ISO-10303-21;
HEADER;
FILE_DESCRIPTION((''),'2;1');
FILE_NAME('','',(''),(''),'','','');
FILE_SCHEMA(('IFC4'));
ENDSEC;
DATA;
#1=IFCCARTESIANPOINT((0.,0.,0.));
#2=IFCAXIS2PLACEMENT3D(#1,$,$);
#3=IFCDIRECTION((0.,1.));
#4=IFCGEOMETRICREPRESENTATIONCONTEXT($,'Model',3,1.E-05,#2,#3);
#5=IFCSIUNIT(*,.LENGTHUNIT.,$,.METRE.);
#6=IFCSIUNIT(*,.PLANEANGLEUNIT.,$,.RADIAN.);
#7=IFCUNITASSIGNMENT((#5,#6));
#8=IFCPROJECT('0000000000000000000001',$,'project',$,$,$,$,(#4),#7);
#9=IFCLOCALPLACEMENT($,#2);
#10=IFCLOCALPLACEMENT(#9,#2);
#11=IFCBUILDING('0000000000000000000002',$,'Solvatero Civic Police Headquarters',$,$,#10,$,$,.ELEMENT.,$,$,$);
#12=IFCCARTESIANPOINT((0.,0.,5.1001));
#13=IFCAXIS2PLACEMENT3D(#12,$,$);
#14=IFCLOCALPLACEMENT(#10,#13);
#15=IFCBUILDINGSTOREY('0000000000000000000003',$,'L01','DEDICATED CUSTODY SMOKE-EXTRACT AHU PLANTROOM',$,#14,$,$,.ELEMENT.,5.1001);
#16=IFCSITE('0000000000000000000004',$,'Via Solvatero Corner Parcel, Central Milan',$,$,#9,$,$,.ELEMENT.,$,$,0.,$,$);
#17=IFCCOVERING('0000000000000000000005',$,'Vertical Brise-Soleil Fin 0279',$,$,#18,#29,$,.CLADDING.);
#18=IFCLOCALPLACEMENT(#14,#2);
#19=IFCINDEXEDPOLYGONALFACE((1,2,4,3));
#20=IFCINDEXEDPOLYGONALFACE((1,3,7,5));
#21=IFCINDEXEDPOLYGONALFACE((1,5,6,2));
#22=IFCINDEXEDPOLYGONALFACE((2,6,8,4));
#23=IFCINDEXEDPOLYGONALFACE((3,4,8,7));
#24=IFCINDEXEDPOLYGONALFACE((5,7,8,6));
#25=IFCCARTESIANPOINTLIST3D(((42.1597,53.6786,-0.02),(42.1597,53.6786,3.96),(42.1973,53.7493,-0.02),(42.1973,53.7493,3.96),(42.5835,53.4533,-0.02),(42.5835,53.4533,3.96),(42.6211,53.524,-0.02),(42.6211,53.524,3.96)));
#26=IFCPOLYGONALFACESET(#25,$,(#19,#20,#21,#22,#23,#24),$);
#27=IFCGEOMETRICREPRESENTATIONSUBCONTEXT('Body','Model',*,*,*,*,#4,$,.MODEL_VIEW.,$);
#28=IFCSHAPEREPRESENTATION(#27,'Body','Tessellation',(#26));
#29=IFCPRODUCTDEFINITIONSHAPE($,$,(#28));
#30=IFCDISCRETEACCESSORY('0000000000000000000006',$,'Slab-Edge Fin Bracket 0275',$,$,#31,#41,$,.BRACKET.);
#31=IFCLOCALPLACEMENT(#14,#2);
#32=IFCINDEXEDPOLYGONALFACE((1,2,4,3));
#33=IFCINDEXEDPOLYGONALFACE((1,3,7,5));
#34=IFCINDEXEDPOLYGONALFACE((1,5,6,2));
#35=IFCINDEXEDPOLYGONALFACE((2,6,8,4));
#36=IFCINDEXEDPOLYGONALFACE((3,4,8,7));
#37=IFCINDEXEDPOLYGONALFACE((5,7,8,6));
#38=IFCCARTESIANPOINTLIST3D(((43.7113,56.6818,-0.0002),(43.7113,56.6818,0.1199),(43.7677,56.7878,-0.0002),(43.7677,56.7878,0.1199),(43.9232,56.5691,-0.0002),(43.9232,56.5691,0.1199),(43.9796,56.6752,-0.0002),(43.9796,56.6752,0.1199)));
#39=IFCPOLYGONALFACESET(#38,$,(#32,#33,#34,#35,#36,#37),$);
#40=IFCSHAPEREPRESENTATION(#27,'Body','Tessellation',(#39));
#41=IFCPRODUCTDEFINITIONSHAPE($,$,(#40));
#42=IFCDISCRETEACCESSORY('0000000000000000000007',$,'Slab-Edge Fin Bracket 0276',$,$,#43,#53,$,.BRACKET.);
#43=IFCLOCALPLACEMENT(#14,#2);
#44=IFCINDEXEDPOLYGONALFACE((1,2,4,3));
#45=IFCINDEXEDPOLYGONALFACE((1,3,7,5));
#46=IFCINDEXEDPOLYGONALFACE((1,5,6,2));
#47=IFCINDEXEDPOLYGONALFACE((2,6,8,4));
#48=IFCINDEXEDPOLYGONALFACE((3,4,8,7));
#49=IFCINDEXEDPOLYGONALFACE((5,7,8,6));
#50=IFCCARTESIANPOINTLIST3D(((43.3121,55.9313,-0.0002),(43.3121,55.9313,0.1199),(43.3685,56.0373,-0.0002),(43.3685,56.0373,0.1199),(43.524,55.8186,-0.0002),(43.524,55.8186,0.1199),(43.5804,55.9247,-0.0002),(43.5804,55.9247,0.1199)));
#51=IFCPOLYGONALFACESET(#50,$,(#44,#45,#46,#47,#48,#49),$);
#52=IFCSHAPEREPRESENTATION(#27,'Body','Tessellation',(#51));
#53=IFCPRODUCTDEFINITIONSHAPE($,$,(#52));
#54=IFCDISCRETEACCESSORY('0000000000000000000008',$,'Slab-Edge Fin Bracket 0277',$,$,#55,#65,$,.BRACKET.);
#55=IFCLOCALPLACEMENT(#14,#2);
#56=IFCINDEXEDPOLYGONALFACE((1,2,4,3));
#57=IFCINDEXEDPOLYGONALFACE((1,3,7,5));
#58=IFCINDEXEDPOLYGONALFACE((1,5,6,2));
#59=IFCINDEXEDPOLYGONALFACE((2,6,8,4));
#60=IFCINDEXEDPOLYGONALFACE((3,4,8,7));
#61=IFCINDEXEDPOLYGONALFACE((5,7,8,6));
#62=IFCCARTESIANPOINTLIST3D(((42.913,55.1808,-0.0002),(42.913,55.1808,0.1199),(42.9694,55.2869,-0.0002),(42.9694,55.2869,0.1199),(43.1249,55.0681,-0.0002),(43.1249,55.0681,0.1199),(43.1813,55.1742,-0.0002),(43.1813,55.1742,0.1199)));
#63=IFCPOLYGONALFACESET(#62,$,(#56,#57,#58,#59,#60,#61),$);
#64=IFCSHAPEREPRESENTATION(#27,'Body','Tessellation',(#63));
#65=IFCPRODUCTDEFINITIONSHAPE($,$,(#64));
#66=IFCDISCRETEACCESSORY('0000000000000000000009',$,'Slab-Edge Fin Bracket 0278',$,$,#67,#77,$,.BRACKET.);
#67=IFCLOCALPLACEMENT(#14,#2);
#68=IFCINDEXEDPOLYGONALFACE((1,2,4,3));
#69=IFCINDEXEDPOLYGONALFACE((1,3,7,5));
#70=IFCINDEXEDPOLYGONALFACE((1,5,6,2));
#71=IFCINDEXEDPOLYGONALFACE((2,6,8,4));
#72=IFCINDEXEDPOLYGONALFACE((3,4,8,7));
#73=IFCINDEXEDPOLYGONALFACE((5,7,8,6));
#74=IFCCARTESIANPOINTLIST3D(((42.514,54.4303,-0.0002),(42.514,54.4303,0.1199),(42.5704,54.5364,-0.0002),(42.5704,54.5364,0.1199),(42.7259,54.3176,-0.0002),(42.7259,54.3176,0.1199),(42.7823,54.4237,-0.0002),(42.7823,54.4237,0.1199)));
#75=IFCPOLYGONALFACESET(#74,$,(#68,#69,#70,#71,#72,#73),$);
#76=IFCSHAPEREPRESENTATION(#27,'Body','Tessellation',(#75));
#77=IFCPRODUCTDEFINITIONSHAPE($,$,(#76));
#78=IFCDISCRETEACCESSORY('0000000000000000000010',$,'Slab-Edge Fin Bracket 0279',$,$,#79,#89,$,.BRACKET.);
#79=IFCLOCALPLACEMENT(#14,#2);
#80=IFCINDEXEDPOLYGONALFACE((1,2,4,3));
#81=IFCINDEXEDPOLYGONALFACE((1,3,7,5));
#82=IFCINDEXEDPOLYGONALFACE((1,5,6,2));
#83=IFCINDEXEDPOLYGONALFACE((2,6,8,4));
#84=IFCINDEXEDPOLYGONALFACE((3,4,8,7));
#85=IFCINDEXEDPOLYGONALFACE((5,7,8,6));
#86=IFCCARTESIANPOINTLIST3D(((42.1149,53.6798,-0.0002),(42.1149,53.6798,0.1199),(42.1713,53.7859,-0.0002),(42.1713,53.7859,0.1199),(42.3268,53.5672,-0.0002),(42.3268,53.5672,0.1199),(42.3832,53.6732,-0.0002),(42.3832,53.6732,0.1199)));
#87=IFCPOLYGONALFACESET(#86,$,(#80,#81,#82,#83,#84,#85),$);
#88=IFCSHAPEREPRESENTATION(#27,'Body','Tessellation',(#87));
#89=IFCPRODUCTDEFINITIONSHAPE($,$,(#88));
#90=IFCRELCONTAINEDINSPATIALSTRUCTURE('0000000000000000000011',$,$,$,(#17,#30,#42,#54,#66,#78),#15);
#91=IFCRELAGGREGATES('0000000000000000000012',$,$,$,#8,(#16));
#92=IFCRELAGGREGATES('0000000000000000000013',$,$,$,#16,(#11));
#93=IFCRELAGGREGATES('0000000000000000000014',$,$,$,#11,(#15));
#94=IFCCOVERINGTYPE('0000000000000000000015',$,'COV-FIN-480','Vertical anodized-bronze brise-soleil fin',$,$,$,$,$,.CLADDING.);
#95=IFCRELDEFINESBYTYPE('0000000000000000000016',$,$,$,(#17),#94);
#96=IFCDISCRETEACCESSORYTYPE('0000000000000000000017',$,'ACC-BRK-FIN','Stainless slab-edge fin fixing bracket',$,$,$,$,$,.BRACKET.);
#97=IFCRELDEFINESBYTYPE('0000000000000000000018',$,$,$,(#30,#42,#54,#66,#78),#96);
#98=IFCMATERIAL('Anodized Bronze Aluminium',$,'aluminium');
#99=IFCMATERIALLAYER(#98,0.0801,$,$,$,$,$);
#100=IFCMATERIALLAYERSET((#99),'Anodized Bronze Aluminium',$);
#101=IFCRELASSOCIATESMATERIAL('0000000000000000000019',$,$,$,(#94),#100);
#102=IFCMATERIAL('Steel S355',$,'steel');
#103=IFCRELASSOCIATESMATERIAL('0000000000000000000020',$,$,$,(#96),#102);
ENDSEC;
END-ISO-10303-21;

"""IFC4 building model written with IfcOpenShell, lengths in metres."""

from ifc_helpers import new_model, si_unit, direction, frame, origin, origin_2d, place, context, subcontext, project, spatial, rectangle, extrude, material, layer, layer_set, type_object, element, save


model = new_model("IFC4")

# Units and contexts
model_context = context("Model", 3, precision=1e-05, world=origin(), true_north=direction((0.0, 1.0)))
body_context = subcontext(model_context, "Body", "Model", "MODEL_VIEW")
ifc_project = project(units=[si_unit("LENGTHUNIT", "METRE"), si_unit("PLANEANGLEUNIT", "RADIAN")], contexts=[model_context])

# Site, building, storey
site_placement = place(None, origin())
site = spatial("IfcSite", under=ifc_project, at=site_placement, Name="Via Solvatero Corner Parcel, Central Milan", CompositionType="ELEMENT", RefElevation=0.0)
building_placement = place(site_placement, origin())
building = spatial("IfcBuilding", under=site, at=building_placement, Name="Solvatero Civic Police Headquarters", CompositionType="ELEMENT")
storey_placement = place(building_placement, frame((0.0, 0.0, 5.1001)))
storey = spatial("IfcBuildingStorey", under=building, at=storey_placement, Name="L01", Description="DEDICATED CUSTODY SMOKE-EXTRACT AHU PLANTROOM", CompositionType="ELEMENT", Elevation=5.1001)

# Shared definitions
ifc_material_1 = material(Name="Steel S355", Category="steel")

# Shared definitions
ifc_material_2 = material(Name="Anodized Bronze Aluminium", Category="aluminium")

# Covering
ifc_layer_1 = layer(ifc_material_2, 0.0801)
ifc_layer_set_1 = layer_set([ifc_layer_1], Name="Anodized Bronze Aluminium")
covering_type = type_object("IfcCoveringType", Name="COV-FIN-480", Description="Vertical anodized-bronze brise-soleil fin", PredefinedType="CLADDING", material=ifc_layer_set_1)
for number, where, z_axis, x_axis, name in (
    (1, (42.3904, 53.6013, -0.02), (0.0, 0.0, 1.0), (-0.469472, -0.882948, 0.0), "Vertical Brise-Soleil Fin 0279"),
):
    element("IfcCovering", number, at=place(storey_placement, frame(where, z_axis=z_axis, x_axis=x_axis)), inside=storey, type_object=covering_type, Name=name, PredefinedType="CLADDING", context=body_context, shape_type="SweptSolid", body=[
        extrude(rectangle(XDim=0.0801, YDim=0.48, at=origin_2d()), origin(), (0.0, 0.0, 1.0), 3.98),
    ])

# Discrete accessories
discrete_accessory_type = type_object("IfcDiscreteAccessoryType", Name="ACC-BRK-FIN", Description="Stainless slab-edge fin fixing bracket", PredefinedType="BRACKET", material=ifc_material_1)
for number, where, z_axis, x_axis, name in (
    (2, (43.8455, 56.6785, -0.0002), (0.0, 0.0, 1.0), (-0.469472, -0.882948, 0.0), "Slab-Edge Fin Bracket 0275"),
    (3, (43.4463, 55.928, -0.0002), (0.0, 0.0, 1.0), (-0.469472, -0.882948, 0.0), "Slab-Edge Fin Bracket 0276"),
    (4, (43.0471, 55.1775, -0.0002), (0.0, 0.0, 1.0), (-0.469472, -0.882948, 0.0), "Slab-Edge Fin Bracket 0277"),
    (5, (42.6482, 54.427, -0.0002), (0.0, 0.0, 1.0), (-0.469472, -0.882948, 0.0), "Slab-Edge Fin Bracket 0278"),
    (6, (42.249, 53.6765, -0.0002), (0.0, 0.0, 1.0), (-0.469472, -0.882948, 0.0), "Slab-Edge Fin Bracket 0279"),
):
    element("IfcDiscreteAccessory", number, at=place(storey_placement, frame(where, z_axis=z_axis, x_axis=x_axis)), inside=storey, type_object=discrete_accessory_type, Name=name, PredefinedType="BRACKET", context=body_context, shape_type="SweptSolid", body=[
        extrude(rectangle(XDim=0.1201, YDim=0.24, at=origin_2d()), origin(), (0.0, 0.0, 1.0), 0.1201),
    ])

save(model, "model.ifc")
